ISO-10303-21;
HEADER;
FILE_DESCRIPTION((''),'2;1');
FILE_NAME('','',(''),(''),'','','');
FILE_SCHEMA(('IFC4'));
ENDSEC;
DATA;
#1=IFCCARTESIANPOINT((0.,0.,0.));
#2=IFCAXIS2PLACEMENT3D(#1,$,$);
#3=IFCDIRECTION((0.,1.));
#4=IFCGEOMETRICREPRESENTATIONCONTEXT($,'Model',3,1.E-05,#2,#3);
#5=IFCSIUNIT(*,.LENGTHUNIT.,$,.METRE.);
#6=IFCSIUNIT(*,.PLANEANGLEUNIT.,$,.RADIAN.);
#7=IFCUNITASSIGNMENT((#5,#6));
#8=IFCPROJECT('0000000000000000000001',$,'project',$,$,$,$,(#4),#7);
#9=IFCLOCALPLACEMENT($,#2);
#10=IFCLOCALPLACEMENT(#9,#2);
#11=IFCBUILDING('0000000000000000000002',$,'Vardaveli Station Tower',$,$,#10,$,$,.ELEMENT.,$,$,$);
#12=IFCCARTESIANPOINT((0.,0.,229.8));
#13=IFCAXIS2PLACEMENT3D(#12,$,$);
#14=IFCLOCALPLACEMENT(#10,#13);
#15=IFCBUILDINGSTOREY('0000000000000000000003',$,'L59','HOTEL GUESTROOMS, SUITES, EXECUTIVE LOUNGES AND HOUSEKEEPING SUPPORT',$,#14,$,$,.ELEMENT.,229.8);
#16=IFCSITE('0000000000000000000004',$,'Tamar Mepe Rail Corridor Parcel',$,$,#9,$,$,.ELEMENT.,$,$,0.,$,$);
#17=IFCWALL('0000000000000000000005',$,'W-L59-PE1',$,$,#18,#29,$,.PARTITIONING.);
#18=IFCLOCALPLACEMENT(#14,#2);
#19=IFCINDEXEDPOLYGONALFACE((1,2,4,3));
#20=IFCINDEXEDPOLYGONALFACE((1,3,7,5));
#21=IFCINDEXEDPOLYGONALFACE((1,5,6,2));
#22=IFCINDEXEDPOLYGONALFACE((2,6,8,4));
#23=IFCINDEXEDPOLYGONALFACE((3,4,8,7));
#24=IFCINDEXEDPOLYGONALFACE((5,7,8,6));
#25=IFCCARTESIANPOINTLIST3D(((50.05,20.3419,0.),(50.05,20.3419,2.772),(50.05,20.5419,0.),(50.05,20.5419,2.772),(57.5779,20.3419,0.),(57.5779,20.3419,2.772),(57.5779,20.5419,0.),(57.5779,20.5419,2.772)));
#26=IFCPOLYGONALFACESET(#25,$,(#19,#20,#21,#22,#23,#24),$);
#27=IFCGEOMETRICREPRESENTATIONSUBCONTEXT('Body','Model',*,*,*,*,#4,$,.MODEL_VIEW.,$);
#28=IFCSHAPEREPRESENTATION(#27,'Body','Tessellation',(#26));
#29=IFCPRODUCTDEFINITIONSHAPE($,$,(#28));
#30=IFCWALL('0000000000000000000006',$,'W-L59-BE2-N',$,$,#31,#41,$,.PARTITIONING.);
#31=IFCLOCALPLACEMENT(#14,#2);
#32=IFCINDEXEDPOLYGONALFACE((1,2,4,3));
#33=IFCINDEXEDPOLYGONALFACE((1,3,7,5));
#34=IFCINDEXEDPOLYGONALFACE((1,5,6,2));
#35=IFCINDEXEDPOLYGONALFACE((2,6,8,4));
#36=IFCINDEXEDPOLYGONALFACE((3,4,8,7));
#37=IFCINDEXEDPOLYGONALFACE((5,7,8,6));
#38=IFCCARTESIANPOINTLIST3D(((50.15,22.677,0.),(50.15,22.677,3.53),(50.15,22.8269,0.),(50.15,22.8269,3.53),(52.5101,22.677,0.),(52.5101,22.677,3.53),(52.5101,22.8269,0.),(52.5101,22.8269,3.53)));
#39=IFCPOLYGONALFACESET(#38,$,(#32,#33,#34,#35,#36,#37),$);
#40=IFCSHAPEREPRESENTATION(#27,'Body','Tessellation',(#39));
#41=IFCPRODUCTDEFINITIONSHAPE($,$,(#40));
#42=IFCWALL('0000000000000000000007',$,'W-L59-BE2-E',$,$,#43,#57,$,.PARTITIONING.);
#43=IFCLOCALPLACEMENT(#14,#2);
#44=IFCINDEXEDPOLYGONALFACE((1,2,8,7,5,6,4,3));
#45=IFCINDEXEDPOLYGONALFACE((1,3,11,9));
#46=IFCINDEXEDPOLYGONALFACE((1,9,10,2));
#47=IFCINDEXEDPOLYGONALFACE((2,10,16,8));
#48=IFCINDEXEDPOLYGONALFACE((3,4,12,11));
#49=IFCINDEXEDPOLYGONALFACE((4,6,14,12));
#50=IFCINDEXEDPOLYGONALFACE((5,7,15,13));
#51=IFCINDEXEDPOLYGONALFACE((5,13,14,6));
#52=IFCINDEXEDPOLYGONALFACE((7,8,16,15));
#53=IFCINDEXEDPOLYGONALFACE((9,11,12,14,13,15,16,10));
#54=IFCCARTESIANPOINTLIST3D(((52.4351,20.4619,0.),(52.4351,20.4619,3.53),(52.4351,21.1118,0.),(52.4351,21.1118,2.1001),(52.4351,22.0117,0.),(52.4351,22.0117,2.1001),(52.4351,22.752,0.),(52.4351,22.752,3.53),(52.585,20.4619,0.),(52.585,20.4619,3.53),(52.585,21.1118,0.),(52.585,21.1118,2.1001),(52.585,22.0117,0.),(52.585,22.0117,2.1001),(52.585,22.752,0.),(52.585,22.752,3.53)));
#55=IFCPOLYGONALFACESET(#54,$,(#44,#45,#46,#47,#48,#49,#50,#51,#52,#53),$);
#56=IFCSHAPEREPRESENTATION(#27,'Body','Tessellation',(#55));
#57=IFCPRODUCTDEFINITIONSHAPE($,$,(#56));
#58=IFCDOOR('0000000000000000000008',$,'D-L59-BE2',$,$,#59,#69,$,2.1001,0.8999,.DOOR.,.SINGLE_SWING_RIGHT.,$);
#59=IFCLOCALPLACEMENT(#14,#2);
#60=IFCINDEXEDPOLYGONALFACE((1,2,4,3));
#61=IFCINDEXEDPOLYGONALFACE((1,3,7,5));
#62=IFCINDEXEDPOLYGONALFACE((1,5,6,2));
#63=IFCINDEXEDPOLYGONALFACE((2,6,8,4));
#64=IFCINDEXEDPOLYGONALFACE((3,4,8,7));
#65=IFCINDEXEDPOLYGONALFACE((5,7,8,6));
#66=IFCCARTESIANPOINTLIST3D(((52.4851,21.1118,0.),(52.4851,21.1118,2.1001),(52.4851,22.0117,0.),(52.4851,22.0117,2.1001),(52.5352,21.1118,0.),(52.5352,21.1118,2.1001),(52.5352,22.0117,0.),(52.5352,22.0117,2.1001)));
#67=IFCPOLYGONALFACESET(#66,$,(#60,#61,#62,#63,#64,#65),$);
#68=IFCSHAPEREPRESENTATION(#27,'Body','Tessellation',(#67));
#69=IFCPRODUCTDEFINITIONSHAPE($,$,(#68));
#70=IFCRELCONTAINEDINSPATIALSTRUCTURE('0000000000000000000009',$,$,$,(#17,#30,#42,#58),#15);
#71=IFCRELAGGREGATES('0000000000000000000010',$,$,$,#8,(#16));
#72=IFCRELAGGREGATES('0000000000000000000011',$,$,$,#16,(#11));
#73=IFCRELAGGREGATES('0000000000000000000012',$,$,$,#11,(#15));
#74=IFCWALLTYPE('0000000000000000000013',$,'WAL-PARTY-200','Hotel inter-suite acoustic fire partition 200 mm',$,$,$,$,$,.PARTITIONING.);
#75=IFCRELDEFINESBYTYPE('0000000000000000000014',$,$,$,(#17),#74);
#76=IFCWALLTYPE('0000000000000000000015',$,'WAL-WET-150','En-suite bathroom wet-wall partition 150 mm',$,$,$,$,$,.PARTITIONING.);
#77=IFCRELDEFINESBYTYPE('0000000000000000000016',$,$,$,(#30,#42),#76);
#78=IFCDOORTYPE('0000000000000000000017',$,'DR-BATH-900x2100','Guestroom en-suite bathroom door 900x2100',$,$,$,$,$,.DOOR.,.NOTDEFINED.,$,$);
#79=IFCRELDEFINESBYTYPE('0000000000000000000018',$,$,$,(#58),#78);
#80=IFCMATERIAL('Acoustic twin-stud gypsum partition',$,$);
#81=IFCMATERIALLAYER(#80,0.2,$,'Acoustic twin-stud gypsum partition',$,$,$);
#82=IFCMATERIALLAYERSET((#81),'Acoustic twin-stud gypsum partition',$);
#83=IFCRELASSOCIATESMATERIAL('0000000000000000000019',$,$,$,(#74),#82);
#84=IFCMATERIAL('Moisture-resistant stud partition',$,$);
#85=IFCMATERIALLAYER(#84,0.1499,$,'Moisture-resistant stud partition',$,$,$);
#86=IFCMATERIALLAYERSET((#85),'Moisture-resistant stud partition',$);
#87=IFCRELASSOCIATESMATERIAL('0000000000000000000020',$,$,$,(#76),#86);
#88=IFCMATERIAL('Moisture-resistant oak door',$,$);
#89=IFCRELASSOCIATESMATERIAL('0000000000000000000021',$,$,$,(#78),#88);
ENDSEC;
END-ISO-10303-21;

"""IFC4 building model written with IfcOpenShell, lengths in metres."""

from ifc_helpers import new_model, si_unit, direction, frame, frame_2d, origin, place, context, subcontext, project, spatial, rectangle, extrude, source, transform, mapped, material, layer, layer_set, type_object, element, fill, save


model = new_model("IFC4")

# Units and contexts
model_context = context("Model", 3, precision=1e-05, world=origin(), true_north=direction((0.0, 1.0)))
body_context = subcontext(model_context, "Body", "Model", "MODEL_VIEW")
ifc_project = project(units=[si_unit("LENGTHUNIT", "METRE"), si_unit("PLANEANGLEUNIT", "RADIAN")], contexts=[model_context])

# Site, building, storey
site_placement = place(None, origin())
site = spatial("IfcSite", under=ifc_project, at=site_placement, Name="Tamar Mepe Rail Corridor Parcel", CompositionType="ELEMENT", RefElevation=0.0)
building_placement = place(site_placement, origin())
building = spatial("IfcBuilding", under=site, at=building_placement, Name="Vardaveli Station Tower", CompositionType="ELEMENT")
storey_placement = place(building_placement, frame((0.0, 0.0, 229.8)))
storey = spatial("IfcBuildingStorey", under=building, at=storey_placement, Name="L59", Description="HOTEL GUESTROOMS, SUITES, EXECUTIVE LOUNGES AND HOUSEKEEPING SUPPORT", CompositionType="ELEMENT", Elevation=229.8)

# Walls
ifc_material_1 = material(Name="Acoustic twin-stud gypsum partition")
ifc_layer_1 = layer(ifc_material_1, 0.2, Name="Acoustic twin-stud gypsum partition")
ifc_layer_set_1 = layer_set([ifc_layer_1], Name="Acoustic twin-stud gypsum partition")
wall_type_1 = type_object("IfcWallType", Name="WAL-PARTY-200", Description="Hotel inter-suite acoustic fire partition 200 mm", PredefinedType="PARTITIONING", material=ifc_layer_set_1)
shared_shape_1 = source(origin(), body_context, "Body", "SweptSolid", [
    extrude(rectangle(XDim=7.5278, YDim=0.2, at=frame_2d((3.7639, 0.0))), origin(), (0.0, 0.0, 1.0), 2.772),
])
wall_1_placement = place(storey_placement, frame((50.05, 20.4419, 0.0), z_axis=(0.0, 0.0, 1.0), x_axis=(1.0, 0.0, 0.0)))
element("IfcWall", 1, at=wall_1_placement, inside=storey, type_object=wall_type_1, Name="W-L59-PE1", PredefinedType="PARTITIONING", context=body_context, shape_type="MappedRepresentation", body=[
    mapped(shared_shape_1, transform((0.0, 0.0, 0.0), scale=1.0)),
])
ifc_material_2 = material(Name="Moisture-resistant stud partition")
ifc_layer_2 = layer(ifc_material_2, 0.1499, Name="Moisture-resistant stud partition")
ifc_layer_set_2 = layer_set([ifc_layer_2], Name="Moisture-resistant stud partition")
wall_type_2 = type_object("IfcWallType", Name="WAL-WET-150", Description="En-suite bathroom wet-wall partition 150 mm", PredefinedType="PARTITIONING", material=ifc_layer_set_2)
shared_shape_2 = source(origin(), body_context, "Body", "SweptSolid", [
    extrude(rectangle(XDim=2.3601, YDim=0.1499, at=frame_2d((1.1802, 0.0))), origin(), (0.0, 0.0, 1.0), 3.53),
])
wall_2_placement = place(storey_placement, frame((50.1499, 22.752, 0.0), z_axis=(0.0, 0.0, 1.0), x_axis=(1.0, 0.0, 0.0)))
element("IfcWall", 2, at=wall_2_placement, inside=storey, type_object=wall_type_2, Name="W-L59-BE2-N", PredefinedType="PARTITIONING", context=body_context, shape_type="MappedRepresentation", body=[
    mapped(shared_shape_2, transform((0.0, 0.0, 0.0), scale=1.0)),
])

# Wall, opening, door
shared_shape_3 = source(origin(), body_context, "Body", "SweptSolid", [
    extrude(rectangle(XDim=2.29, YDim=0.1499, at=frame_2d((1.145, 0.0))), origin(), (0.0, 0.0, 1.0), 3.53),
])
wall_3_placement = place(storey_placement, frame((52.51, 20.4619, 0.0), z_axis=(0.0, 0.0, 1.0), x_axis=(0.0, 1.0, 0.0)))
wall_3 = element("IfcWall", 3, at=wall_3_placement, inside=storey, type_object=wall_type_2, Name="W-L59-BE2-E", PredefinedType="PARTITIONING", context=body_context, shape_type="MappedRepresentation", body=[
    mapped(shared_shape_3, transform((0.0, 0.0, 0.0), scale=1.0)),
])
shared_shape_4 = source(origin(), body_context, "Body", "SweptSolid", [
    extrude(rectangle(XDim=0.8999, YDim=2.1001, at=frame_2d((0.45, 1.05))), frame((0.0, 0.085, 0.0), z_axis=(0.0, -1.0, 0.0), x_axis=(1.0, 0.0, 0.0)), (0.0, 0.0, 1.0), 0.1699),
])
opening_1_placement = place(wall_3_placement, frame((0.6499, 0.0, 0.0)))
opening_1 = element("IfcOpeningElement", 4, at=opening_1_placement, cuts=wall_3, PredefinedType="OPENING", context=body_context, shape_type="MappedRepresentation", body=[
    mapped(shared_shape_4, transform((0.0, 0.0, 0.0), scale=1.0)),
])
ifc_material_3 = material(Name="Moisture-resistant oak door")
door_type_1 = type_object("IfcDoorType", Name="DR-BATH-900x2100", Description="Guestroom en-suite bathroom door 900x2100", OperationType="NOTDEFINED", PredefinedType="DOOR", material=ifc_material_3)
shared_shape_5 = source(origin(), body_context, "Body", "SweptSolid", [
    extrude(rectangle(XDim=0.8999, YDim=2.1001, at=frame_2d((0.45, 1.05))), frame((0.0, 0.0249, 0.0), z_axis=(0.0, -1.0, 0.0), x_axis=(1.0, 0.0, 0.0)), (0.0, 0.0, 1.0), 0.05),
])
door_1_placement = place(opening_1_placement, origin())
door_1 = element("IfcDoor", 5, at=door_1_placement, inside=storey, type_object=door_type_1, Name="D-L59-BE2", OperationType="SINGLE_SWING_RIGHT", OverallHeight=2.1001, OverallWidth=0.8999, PredefinedType="DOOR", context=body_context, shape_type="MappedRepresentation", body=[
    mapped(shared_shape_5, transform((0.0, 0.0, 0.0), scale=1.0)),
])
fill(opening_1, door_1)

save(model, "model.ifc")
